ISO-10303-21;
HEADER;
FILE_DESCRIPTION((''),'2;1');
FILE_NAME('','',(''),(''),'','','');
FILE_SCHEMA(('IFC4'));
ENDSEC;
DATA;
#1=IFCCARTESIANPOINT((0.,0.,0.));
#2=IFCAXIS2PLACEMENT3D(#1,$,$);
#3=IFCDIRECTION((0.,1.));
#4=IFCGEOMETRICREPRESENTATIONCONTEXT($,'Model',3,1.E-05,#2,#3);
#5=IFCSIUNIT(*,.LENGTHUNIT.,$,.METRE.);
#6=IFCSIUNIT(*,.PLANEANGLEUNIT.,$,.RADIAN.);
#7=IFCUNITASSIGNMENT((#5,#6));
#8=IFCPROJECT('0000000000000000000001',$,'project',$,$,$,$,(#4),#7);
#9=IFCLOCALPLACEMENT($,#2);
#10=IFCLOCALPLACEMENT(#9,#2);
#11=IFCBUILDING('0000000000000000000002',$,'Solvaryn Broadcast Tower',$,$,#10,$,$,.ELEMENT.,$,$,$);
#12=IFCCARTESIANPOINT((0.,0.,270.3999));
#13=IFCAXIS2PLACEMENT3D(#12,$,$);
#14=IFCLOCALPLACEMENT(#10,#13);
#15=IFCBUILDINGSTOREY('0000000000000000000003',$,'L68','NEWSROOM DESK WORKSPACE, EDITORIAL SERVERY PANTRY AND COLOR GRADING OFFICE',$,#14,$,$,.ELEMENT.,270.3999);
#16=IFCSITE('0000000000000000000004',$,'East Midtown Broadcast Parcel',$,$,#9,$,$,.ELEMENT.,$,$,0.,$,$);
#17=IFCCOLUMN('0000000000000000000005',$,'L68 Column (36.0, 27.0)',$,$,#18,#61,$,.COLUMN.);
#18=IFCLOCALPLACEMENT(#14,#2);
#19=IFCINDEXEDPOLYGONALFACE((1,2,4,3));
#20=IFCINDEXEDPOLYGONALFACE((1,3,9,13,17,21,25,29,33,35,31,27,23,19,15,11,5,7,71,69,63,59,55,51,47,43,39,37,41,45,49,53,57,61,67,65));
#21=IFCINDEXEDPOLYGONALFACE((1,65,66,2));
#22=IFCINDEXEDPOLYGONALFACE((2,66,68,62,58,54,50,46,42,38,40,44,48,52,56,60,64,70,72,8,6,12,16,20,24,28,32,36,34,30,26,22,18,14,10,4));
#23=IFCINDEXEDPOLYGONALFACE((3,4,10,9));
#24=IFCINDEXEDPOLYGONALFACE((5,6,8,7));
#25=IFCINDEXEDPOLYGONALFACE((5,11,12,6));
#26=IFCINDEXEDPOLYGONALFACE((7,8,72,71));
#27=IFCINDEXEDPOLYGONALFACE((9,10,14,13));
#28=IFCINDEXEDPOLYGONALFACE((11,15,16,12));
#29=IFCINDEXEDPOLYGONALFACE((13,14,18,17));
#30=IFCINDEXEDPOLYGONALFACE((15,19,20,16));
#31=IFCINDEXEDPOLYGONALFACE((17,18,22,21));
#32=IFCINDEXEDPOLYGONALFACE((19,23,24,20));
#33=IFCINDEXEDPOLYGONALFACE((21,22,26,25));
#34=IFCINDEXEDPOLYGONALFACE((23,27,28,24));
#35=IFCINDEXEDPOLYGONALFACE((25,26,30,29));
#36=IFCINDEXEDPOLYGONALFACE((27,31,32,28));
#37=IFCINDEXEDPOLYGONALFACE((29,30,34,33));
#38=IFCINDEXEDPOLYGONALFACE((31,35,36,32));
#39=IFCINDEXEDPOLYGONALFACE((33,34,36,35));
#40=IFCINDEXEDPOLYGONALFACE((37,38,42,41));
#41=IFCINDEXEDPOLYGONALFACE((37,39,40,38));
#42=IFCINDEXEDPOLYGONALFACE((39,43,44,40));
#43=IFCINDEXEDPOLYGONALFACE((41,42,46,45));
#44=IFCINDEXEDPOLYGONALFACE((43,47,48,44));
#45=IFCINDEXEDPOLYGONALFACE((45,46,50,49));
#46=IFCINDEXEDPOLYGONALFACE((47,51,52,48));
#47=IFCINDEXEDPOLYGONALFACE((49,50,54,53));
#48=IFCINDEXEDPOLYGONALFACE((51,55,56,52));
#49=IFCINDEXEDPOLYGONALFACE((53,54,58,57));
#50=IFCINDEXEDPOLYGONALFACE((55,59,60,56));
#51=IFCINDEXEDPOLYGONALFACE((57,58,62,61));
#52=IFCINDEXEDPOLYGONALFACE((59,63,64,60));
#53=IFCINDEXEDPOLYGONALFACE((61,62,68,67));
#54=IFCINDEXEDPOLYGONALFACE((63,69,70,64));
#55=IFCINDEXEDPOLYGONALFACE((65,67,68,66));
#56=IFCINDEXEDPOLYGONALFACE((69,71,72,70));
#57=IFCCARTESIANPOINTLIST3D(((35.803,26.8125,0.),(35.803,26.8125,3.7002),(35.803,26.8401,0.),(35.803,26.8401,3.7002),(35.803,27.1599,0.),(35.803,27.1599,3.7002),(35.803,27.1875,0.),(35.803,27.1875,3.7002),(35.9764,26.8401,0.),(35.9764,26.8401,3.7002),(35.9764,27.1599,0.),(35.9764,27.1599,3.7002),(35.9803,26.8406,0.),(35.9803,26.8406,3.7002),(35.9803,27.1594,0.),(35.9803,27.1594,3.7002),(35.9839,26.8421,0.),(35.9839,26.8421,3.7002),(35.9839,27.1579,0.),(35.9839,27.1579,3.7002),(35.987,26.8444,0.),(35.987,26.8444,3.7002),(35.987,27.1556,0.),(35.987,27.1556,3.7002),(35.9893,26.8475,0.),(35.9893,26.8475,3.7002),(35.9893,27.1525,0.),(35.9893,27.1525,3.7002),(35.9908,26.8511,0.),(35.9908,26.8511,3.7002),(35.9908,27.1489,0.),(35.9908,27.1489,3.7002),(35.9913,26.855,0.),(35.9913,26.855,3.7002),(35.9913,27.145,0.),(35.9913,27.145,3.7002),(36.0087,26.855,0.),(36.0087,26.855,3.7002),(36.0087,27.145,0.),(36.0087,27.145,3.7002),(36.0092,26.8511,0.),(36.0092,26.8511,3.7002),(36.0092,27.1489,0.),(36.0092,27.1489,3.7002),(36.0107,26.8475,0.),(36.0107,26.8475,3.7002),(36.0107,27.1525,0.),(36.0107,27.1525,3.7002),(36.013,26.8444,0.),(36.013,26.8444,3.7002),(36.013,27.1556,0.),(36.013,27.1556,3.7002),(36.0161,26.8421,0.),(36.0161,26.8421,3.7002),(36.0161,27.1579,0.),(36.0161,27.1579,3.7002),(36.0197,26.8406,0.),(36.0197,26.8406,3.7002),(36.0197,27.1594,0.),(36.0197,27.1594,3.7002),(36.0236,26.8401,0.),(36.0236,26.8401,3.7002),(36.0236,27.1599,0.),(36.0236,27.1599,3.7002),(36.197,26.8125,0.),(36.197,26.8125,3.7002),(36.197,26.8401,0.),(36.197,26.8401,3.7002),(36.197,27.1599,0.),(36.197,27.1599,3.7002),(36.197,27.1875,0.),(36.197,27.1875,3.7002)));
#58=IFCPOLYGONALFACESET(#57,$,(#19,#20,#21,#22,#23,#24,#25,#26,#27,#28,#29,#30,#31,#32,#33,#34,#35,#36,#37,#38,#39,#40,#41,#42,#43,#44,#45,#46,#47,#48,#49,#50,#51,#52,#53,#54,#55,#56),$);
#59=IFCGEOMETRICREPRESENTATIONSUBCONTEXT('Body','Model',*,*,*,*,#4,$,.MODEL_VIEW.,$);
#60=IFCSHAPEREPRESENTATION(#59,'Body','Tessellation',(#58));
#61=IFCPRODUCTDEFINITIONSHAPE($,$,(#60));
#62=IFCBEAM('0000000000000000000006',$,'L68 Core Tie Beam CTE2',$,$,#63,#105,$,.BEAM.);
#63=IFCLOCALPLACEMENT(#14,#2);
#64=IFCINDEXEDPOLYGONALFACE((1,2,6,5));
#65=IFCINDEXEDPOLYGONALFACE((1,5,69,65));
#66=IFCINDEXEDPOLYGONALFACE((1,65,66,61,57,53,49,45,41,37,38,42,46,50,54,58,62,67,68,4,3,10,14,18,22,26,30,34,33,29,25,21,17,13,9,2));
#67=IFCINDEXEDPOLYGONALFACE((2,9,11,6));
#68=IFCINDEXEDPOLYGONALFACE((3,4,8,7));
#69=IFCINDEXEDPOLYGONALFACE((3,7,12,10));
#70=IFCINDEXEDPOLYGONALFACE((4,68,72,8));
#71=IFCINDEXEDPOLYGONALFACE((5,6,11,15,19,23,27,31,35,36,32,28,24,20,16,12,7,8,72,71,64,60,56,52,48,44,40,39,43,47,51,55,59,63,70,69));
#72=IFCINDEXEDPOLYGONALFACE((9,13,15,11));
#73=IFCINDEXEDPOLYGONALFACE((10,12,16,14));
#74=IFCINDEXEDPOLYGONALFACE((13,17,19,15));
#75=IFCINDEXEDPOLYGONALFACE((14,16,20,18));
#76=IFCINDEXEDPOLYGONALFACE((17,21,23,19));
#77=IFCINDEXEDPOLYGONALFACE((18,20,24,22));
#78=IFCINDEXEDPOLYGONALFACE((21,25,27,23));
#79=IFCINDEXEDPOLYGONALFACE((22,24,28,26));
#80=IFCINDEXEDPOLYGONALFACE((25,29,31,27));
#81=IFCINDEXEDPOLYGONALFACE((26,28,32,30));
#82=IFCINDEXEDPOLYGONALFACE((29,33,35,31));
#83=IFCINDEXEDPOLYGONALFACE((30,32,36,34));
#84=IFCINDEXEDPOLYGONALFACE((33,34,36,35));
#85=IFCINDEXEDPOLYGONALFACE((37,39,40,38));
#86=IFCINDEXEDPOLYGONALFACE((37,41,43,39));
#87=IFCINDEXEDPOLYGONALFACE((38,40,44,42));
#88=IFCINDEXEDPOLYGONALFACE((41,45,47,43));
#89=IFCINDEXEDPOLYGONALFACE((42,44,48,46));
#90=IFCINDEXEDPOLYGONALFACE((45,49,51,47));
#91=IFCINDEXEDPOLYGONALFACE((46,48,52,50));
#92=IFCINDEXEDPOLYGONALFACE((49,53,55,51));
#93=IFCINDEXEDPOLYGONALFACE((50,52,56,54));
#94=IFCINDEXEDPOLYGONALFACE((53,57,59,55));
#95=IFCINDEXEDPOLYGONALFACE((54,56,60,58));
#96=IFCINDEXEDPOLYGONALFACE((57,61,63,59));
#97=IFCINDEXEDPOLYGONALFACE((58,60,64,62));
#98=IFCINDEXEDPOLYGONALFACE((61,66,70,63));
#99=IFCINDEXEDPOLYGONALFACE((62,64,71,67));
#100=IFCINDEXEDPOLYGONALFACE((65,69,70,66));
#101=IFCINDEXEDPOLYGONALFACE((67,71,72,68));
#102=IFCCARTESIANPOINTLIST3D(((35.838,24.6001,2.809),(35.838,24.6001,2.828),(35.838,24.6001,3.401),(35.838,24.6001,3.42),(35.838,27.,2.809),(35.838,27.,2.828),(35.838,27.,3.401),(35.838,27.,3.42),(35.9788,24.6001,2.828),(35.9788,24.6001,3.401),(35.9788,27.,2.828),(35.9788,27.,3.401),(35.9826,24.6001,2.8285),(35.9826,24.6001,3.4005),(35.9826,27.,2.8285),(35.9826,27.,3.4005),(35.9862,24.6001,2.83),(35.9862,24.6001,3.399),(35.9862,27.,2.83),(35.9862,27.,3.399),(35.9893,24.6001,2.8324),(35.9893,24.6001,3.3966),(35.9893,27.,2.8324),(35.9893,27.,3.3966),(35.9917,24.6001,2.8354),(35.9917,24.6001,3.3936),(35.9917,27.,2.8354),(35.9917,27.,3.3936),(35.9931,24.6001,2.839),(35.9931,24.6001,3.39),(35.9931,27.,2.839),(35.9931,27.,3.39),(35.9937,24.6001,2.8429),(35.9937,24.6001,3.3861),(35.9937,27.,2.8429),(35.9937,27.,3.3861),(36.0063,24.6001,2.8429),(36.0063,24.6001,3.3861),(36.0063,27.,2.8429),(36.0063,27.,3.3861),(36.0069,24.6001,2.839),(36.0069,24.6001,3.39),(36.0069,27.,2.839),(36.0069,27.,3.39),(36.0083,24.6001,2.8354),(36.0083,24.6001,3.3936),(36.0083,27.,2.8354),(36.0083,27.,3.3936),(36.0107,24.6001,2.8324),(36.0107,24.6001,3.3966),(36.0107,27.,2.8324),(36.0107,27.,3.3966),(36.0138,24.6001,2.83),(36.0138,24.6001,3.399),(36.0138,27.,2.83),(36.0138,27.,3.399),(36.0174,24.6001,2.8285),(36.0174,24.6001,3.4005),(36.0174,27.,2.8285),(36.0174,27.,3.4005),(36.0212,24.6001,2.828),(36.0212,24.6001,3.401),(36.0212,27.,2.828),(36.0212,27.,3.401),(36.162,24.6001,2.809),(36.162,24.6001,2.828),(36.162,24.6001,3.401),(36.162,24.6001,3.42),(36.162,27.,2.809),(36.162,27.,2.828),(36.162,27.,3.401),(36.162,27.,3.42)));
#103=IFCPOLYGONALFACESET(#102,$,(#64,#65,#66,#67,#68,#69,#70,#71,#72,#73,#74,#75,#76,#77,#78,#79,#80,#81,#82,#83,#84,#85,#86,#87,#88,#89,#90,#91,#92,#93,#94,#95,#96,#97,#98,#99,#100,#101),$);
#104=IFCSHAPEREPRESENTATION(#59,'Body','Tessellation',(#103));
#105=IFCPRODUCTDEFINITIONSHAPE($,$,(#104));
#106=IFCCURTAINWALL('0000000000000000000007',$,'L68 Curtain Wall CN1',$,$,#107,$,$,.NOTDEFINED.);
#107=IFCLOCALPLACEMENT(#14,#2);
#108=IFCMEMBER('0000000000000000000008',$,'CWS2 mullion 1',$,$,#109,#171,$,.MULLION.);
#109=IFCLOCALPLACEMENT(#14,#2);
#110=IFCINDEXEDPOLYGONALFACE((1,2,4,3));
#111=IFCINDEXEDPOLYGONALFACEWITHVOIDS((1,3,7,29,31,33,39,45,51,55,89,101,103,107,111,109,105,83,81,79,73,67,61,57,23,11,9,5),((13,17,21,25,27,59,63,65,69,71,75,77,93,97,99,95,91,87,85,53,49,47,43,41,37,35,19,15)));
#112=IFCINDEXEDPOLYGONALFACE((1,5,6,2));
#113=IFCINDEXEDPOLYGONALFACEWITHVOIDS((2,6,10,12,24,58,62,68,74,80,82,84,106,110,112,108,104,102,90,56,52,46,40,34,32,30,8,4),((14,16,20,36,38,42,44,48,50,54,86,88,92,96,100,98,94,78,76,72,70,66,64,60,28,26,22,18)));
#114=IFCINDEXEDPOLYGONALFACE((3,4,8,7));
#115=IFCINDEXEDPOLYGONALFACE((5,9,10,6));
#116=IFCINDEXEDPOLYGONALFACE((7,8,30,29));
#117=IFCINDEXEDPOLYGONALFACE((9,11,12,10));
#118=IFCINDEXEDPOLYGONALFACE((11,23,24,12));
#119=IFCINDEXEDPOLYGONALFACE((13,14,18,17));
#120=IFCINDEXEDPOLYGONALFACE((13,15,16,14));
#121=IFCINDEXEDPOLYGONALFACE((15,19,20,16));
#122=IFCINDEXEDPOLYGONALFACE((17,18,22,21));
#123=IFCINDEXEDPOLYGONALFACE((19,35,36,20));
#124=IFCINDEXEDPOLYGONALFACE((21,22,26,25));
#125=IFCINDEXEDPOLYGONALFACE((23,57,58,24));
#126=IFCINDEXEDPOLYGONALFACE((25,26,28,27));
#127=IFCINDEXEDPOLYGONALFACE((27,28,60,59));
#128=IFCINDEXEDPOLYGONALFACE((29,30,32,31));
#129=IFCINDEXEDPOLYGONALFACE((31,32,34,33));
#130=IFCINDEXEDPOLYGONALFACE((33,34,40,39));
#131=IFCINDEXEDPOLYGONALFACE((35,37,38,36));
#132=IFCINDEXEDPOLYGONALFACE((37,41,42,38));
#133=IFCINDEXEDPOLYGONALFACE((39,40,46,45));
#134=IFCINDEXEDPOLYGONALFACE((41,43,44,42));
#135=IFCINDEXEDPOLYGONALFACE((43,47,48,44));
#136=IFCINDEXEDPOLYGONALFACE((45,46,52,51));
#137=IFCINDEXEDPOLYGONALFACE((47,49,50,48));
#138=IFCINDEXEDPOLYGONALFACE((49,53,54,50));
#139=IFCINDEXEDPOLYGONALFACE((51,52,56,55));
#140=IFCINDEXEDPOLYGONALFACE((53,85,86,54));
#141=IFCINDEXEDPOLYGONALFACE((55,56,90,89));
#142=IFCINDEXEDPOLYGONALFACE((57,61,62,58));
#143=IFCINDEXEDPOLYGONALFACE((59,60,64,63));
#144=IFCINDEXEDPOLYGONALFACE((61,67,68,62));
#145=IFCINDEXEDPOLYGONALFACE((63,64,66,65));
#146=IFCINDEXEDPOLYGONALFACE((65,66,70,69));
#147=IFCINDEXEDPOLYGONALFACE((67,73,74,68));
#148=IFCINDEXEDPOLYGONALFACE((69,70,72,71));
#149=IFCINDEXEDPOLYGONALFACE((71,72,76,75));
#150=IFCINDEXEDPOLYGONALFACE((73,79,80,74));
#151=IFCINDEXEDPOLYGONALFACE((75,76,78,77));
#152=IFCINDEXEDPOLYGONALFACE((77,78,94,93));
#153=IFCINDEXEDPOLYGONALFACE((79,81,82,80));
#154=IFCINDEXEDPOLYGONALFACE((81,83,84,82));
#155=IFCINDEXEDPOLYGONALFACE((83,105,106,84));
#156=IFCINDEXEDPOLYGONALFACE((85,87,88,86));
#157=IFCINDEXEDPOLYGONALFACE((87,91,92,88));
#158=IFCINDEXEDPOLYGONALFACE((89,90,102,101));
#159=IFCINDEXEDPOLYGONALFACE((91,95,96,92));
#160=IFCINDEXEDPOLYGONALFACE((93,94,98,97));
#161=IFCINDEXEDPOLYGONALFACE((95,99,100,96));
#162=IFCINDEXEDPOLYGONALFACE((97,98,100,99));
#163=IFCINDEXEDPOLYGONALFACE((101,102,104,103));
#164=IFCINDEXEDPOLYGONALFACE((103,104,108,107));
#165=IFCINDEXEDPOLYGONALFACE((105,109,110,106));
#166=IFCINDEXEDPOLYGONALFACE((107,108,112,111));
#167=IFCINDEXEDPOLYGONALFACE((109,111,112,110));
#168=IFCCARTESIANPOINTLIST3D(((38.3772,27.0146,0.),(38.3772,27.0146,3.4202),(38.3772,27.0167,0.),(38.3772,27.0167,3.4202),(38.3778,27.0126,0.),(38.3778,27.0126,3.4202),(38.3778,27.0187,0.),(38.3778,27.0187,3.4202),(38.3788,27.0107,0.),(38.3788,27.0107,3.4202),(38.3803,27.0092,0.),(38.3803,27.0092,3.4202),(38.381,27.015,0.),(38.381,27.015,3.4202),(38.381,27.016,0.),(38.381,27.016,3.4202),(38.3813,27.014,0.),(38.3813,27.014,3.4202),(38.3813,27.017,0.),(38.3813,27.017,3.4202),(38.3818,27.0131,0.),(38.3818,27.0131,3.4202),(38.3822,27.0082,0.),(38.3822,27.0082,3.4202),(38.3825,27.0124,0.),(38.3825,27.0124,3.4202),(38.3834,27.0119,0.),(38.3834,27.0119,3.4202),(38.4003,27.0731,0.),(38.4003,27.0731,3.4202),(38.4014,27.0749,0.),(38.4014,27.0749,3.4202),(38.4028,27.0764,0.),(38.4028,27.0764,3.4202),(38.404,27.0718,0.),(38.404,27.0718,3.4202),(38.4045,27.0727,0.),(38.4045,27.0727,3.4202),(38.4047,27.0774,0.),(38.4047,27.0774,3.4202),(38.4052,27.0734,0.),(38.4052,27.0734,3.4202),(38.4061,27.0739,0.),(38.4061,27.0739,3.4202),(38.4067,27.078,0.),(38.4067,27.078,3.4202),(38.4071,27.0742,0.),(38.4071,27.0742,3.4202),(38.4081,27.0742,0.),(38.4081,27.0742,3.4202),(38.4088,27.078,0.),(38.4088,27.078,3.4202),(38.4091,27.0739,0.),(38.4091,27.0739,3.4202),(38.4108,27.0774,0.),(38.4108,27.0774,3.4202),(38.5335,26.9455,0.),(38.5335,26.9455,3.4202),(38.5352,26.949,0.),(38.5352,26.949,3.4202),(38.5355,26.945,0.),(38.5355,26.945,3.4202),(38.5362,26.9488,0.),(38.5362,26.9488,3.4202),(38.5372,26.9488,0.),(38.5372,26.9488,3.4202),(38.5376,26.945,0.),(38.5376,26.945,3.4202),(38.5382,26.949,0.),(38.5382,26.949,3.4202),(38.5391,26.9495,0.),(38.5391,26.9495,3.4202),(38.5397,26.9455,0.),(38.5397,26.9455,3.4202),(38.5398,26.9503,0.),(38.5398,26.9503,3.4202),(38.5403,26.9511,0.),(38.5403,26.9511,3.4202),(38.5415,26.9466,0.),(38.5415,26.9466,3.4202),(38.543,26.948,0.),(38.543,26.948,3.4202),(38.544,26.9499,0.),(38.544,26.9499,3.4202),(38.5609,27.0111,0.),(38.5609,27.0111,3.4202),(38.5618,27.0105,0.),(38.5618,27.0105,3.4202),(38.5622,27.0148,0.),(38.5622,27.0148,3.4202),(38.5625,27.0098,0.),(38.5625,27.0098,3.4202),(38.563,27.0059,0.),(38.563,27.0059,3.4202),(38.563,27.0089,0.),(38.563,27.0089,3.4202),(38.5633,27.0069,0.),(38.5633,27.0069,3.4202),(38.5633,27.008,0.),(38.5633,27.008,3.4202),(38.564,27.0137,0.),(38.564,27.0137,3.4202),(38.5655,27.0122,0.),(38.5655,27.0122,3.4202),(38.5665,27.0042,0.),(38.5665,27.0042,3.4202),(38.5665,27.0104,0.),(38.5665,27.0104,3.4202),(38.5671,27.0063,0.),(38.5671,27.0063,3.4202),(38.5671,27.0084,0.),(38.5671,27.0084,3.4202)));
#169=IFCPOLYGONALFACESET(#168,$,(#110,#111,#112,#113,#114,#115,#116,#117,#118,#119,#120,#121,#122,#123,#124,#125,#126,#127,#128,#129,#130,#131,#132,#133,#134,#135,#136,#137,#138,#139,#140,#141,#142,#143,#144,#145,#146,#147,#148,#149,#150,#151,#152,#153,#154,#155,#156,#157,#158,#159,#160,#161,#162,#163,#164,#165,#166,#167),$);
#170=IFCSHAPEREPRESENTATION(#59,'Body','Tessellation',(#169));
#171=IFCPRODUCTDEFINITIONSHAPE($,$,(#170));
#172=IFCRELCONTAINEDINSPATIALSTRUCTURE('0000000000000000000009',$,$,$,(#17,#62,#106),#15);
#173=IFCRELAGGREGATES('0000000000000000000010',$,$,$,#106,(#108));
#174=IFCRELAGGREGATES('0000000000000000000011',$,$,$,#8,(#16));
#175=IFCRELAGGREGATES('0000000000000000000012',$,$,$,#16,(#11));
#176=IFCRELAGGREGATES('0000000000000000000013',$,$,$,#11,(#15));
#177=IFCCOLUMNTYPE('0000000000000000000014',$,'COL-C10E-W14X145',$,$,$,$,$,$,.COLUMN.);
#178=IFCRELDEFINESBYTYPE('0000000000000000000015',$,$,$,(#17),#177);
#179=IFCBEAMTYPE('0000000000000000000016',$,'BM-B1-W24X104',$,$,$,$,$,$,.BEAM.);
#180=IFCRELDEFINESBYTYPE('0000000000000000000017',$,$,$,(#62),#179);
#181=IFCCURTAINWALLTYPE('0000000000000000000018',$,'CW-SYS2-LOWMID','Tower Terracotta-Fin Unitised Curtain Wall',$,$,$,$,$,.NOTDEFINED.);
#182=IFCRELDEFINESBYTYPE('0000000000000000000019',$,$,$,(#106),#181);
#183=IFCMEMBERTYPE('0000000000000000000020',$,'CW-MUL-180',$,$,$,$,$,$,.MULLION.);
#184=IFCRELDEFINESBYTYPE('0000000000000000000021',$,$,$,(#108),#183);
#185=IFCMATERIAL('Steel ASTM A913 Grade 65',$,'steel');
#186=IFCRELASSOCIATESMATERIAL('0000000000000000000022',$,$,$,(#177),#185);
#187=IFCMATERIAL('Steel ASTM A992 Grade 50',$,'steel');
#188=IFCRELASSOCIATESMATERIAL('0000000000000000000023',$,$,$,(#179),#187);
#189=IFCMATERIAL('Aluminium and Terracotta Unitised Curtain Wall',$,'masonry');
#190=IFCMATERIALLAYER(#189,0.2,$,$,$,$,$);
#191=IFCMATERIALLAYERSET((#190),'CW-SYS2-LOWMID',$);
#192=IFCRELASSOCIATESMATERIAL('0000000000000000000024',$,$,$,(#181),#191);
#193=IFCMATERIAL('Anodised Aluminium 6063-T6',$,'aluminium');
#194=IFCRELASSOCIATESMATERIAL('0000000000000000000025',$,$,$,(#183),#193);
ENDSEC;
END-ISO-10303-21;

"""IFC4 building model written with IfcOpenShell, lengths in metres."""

from ifc_helpers import new_model, si_unit, direction, frame, origin, origin_2d, place, context, subcontext, project, spatial, hollow_rectangle, i_section, extrude, material, layer, layer_set, material_profile, profile_set, type_object, element, aggregate, save


model = new_model("IFC4")

# Units and contexts
model_context = context("Model", 3, precision=1e-05, world=origin(), true_north=direction((0.0, 1.0)))
body_context = subcontext(model_context, "Body", "Model", "MODEL_VIEW")
ifc_project = project(units=[si_unit("LENGTHUNIT", "METRE"), si_unit("PLANEANGLEUNIT", "RADIAN")], contexts=[model_context])

# Site, building, storey
site_placement = place(None, origin())
site = spatial("IfcSite", under=ifc_project, at=site_placement, Name="East Midtown Broadcast Parcel", CompositionType="ELEMENT", RefElevation=0.0)
building_placement = place(site_placement, origin())
building = spatial("IfcBuilding", under=site, at=building_placement, Name="Solvaryn Broadcast Tower", CompositionType="ELEMENT")
storey_placement = place(building_placement, frame((0.0, 0.0, 270.3999)))
storey = spatial("IfcBuildingStorey", under=building, at=storey_placement, Name="L68", Description="NEWSROOM DESK WORKSPACE, EDITORIAL SERVERY PANTRY AND COLOR GRADING OFFICE", CompositionType="ELEMENT", Elevation=270.3999)

# Column
ifc_material_1 = material(Name="Steel ASTM A913 Grade 65", Category="steel")
ifc_material_profile_1 = material_profile(ifc_material_1, i_section(OverallWidth=0.394, OverallDepth=0.375, WebThickness=0.0173, FlangeThickness=0.0276, FilletRadius=0.0149, at=origin_2d()))
ifc_profile_set_1 = profile_set([ifc_material_profile_1], Name="Steel ASTM A913 Grade 65")
column_type = type_object("IfcColumnType", Name="COL-C10E-W14X145", PredefinedType="COLUMN", material=ifc_profile_set_1)
column_placement = place(storey_placement, frame((36.0, 27.0, 0.0), z_axis=(0.0, 0.0, 1.0), x_axis=(1.0, 0.0, 0.0)))
element("IfcColumn", 1, at=column_placement, inside=storey, type_object=column_type, Name="L68 Column (36.0, 27.0)", PredefinedType="COLUMN", context=body_context, shape_type="SweptSolid", body=[
    extrude(i_section(OverallWidth=0.394, OverallDepth=0.375, WebThickness=0.0173, FlangeThickness=0.0276, FilletRadius=0.0149, at=origin_2d()), origin(), (0.0, 0.0, 1.0), 3.7002),
])

# Beam
ifc_material_2 = material(Name="Steel ASTM A992 Grade 50", Category="steel")
ifc_material_profile_2 = material_profile(ifc_material_2, i_section(OverallWidth=0.324, OverallDepth=0.6111, WebThickness=0.0127, FlangeThickness=0.019, FilletRadius=0.0149, at=origin_2d()))
ifc_profile_set_2 = profile_set([ifc_material_profile_2], Name="Steel ASTM A992 Grade 50")
beam_type = type_object("IfcBeamType", Name="BM-B1-W24X104", PredefinedType="BEAM", material=ifc_profile_set_2)
beam_placement = place(storey_placement, frame((36.0, 24.6001, 3.1145), z_axis=(0.0, 1.0, 0.0), x_axis=(-1.0, 0.0, 0.0)))
element("IfcBeam", 2, at=beam_placement, inside=storey, type_object=beam_type, Name="L68 Core Tie Beam CTE2", PredefinedType="BEAM", context=body_context, shape_type="SweptSolid", body=[
    extrude(i_section(OverallWidth=0.324, OverallDepth=0.6111, WebThickness=0.0127, FlangeThickness=0.019, FilletRadius=0.0149, at=origin_2d()), origin(), (0.0, 0.0, 1.0), 2.3999),
])

# Curtain wall, member
ifc_material_3 = material(Name="Aluminium and Terracotta Unitised Curtain Wall", Category="masonry")
ifc_layer_1 = layer(ifc_material_3, 0.2)
ifc_layer_set_1 = layer_set([ifc_layer_1], Name="CW-SYS2-LOWMID")
curtain_wall_type = type_object("IfcCurtainWallType", Name="CW-SYS2-LOWMID", Description="Tower Terracotta-Fin Unitised Curtain Wall", PredefinedType="NOTDEFINED", material=ifc_layer_set_1)
curtain_wall_1_placement = place(storey_placement, origin())
curtain_wall_1 = element("IfcCurtainWall", 3, at=curtain_wall_1_placement, inside=storey, type_object=curtain_wall_type, Name="L68 Curtain Wall CN1", PredefinedType="NOTDEFINED")
ifc_material_4 = material(Name="Anodised Aluminium 6063-T6", Category="aluminium")
ifc_material_profile_3 = material_profile(ifc_material_4, hollow_rectangle(XDim=0.075, YDim=0.1799, WallThickness=0.0039, InnerFilletRadius=0.0039, OuterFilletRadius=0.0081, at=origin_2d()))
ifc_profile_set_3 = profile_set([ifc_material_profile_3], Name="Anodised Aluminium 6063-T6")
member_type_1 = type_object("IfcMemberType", Name="CW-MUL-180", PredefinedType="MULLION", material=ifc_profile_set_3)
member_1_placement = place(storey_placement, frame((38.4722, 27.0115, 0.0), z_axis=(0.0, 0.0, 1.0), x_axis=(-0.382646, -0.923895, 0.0)))
member_1 = element("IfcMember", 4, at=member_1_placement, type_object=member_type_1, Name="CWS2 mullion 1", PredefinedType="MULLION", context=body_context, shape_type="SweptSolid", body=[
    extrude(hollow_rectangle(XDim=0.075, YDim=0.1799, WallThickness=0.0039, InnerFilletRadius=0.0039, OuterFilletRadius=0.0081, at=origin_2d()), origin(), (0.0, 0.0, 1.0), 3.4202),
])

aggregate(curtain_wall_1, [member_1])

save(model, "model.ifc")
